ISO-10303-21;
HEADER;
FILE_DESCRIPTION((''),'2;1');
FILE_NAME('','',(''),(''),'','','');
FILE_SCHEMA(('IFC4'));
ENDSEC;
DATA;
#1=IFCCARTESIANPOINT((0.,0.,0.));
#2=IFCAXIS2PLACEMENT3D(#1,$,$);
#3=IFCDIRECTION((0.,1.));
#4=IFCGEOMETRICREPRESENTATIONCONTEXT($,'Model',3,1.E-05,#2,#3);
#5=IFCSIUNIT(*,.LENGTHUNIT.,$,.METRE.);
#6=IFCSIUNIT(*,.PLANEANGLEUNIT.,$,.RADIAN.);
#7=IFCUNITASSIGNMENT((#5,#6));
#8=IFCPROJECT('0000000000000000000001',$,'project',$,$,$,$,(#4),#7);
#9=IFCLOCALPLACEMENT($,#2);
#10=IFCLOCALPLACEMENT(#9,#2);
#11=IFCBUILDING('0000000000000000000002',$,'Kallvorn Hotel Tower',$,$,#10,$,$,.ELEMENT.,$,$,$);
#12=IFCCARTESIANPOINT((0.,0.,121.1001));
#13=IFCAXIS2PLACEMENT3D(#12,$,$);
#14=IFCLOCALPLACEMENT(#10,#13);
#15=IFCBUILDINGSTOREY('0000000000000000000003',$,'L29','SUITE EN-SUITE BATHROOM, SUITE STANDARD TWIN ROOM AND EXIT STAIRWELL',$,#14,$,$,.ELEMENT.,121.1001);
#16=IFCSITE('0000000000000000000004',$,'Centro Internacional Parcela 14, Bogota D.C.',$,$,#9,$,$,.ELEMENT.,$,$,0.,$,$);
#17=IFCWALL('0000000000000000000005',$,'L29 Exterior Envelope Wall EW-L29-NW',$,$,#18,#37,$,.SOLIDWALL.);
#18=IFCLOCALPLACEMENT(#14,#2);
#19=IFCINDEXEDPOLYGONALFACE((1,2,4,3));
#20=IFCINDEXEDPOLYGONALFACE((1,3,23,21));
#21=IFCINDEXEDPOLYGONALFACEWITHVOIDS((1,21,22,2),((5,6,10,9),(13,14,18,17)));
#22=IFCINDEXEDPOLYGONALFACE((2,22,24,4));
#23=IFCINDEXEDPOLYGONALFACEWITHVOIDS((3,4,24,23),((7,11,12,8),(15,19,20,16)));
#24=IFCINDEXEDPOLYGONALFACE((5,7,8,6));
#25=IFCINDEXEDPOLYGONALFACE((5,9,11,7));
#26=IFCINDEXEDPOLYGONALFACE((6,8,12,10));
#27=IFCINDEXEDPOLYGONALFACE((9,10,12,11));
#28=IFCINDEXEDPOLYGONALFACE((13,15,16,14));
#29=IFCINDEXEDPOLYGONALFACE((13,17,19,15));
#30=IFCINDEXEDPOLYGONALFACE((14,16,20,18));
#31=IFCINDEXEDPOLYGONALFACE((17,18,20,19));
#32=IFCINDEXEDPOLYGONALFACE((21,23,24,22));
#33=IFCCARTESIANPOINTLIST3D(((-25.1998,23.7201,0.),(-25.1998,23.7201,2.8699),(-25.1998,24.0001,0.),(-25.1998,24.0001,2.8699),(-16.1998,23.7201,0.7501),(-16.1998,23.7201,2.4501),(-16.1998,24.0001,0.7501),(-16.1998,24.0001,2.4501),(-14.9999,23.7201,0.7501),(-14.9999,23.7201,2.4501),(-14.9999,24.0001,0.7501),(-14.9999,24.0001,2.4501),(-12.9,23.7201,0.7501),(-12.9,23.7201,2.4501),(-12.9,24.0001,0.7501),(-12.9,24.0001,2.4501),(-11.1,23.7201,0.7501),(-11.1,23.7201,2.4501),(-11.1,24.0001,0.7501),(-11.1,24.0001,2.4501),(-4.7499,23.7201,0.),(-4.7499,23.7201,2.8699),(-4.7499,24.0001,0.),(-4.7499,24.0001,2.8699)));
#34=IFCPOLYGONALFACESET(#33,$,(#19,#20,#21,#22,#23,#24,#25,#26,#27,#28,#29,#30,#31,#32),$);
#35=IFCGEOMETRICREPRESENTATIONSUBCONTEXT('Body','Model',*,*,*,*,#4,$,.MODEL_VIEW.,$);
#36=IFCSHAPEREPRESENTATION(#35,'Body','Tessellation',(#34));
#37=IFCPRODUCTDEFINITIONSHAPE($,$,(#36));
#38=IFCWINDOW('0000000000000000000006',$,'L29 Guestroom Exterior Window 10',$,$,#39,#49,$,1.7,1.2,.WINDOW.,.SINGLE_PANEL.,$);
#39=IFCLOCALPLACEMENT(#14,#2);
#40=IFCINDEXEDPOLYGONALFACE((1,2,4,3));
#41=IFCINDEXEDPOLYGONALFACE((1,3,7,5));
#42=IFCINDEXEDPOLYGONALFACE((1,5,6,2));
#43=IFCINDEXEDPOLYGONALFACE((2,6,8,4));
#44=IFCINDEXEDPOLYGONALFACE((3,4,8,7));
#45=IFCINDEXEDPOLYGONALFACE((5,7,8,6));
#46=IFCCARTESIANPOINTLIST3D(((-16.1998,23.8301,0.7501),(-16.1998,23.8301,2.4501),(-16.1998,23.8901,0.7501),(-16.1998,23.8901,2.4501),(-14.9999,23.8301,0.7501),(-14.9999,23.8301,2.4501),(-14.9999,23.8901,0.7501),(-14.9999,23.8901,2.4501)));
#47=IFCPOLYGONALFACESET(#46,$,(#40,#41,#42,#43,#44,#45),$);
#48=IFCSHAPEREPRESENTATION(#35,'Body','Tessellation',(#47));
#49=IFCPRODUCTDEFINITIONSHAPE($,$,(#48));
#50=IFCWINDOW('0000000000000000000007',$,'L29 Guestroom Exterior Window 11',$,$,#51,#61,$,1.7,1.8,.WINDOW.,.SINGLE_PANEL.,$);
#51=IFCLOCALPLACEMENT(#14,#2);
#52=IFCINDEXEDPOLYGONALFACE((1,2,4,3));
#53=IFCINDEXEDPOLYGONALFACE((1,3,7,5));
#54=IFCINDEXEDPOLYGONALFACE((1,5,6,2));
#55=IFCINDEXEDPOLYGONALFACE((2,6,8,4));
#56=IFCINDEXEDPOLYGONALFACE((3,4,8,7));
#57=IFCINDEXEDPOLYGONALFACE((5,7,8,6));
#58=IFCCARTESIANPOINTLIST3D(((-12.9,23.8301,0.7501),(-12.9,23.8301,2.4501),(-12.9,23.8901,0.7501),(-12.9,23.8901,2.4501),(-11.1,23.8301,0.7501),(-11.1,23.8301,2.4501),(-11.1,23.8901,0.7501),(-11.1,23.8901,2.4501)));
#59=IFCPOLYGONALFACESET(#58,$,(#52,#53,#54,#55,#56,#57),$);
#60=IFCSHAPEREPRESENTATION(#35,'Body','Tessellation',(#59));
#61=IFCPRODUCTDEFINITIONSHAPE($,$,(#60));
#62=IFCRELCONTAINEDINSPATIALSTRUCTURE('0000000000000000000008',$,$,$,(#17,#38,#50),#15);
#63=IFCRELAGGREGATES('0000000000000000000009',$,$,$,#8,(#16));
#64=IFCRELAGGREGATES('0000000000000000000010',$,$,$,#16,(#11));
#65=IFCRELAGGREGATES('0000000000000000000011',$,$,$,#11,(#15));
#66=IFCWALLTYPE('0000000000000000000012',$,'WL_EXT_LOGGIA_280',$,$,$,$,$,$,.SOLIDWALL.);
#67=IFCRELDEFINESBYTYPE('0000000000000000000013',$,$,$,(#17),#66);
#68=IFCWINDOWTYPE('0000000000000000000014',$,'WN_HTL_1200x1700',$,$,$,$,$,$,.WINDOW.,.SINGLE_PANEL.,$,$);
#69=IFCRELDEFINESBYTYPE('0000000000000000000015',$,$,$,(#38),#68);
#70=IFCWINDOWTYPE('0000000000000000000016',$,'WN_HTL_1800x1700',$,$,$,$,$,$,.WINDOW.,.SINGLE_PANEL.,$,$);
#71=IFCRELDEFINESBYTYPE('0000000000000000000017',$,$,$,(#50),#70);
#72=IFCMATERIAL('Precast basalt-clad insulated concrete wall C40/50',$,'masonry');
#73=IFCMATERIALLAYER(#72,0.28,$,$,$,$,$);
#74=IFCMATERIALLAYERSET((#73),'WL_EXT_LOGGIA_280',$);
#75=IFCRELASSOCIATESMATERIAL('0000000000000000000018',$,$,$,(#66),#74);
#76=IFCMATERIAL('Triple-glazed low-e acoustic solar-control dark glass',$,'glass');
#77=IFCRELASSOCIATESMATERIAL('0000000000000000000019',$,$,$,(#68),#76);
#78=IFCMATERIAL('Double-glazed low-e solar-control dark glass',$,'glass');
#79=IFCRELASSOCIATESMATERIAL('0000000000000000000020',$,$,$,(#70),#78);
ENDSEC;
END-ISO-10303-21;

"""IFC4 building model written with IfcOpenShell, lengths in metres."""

from ifc_helpers import new_model, si_unit, direction, frame, frame_2d, origin, place, context, subcontext, project, spatial, rectangle, extrude, material, layer, layer_set, type_object, element, fill, save


model = new_model("IFC4")

# Units and contexts
model_context = context("Model", 3, precision=1e-05, world=origin(), true_north=direction((0.0, 1.0)))
body_context = subcontext(model_context, "Body", "Model", "MODEL_VIEW")
ifc_project = project(units=[si_unit("LENGTHUNIT", "METRE"), si_unit("PLANEANGLEUNIT", "RADIAN")], contexts=[model_context])

# Site, building, storey
site_placement = place(None, origin())
site = spatial("IfcSite", under=ifc_project, at=site_placement, Name="Centro Internacional Parcela 14, Bogota D.C.", CompositionType="ELEMENT", RefElevation=0.0)
building_placement = place(site_placement, origin())
building = spatial("IfcBuilding", under=site, at=building_placement, Name="Kallvorn Hotel Tower", CompositionType="ELEMENT")
storey_placement = place(building_placement, frame((0.0, 0.0, 121.1001)))
storey = spatial("IfcBuildingStorey", under=building, at=storey_placement, Name="L29", Description="SUITE EN-SUITE BATHROOM, SUITE STANDARD TWIN ROOM AND EXIT STAIRWELL", CompositionType="ELEMENT", Elevation=121.1001)

# Shared definitions
ifc_material_1 = material(Name="Precast basalt-clad insulated concrete wall C40/50", Category="masonry")
ifc_layer_1 = layer(ifc_material_1, 0.28)
ifc_layer_set_1 = layer_set([ifc_layer_1], Name="WL_EXT_LOGGIA_280")
wall_type = type_object("IfcWallType", Name="WL_EXT_LOGGIA_280", PredefinedType="SOLIDWALL", material=ifc_layer_set_1)

# Wall, openings, windows
wall_1_placement = place(storey_placement, frame((-25.2, 23.8601, 0.0), z_axis=(0.0, 0.0, 1.0), x_axis=(1.0, 0.0, 0.0)))
wall_1 = element("IfcWall", 1, at=wall_1_placement, inside=storey, type_object=wall_type, Name="L29 Exterior Envelope Wall EW-L29-NW", PredefinedType="SOLIDWALL", context=body_context, shape_type="SweptSolid", body=[
    extrude(rectangle(XDim=20.45, YDim=0.28, at=frame_2d((10.2251, 0.0))), origin(), (0.0, 0.0, 1.0), 2.8699),
])
opening_1_placement = place(wall_1_placement, frame((9.0, 0.0, 0.75)))
opening_1 = element("IfcOpeningElement", 2, at=opening_1_placement, cuts=wall_1, PredefinedType="OPENING", context=body_context, shape_type="SweptSolid", body=[
    extrude(rectangle(XDim=1.2, YDim=1.7, at=frame_2d((0.6001, 0.8501))), frame((0.0, 0.155, 0.0), z_axis=(0.0, -1.0, 0.0), x_axis=(1.0, 0.0, 0.0)), (0.0, 0.0, 1.0), 0.3101),
])
opening_2_placement = place(wall_1_placement, frame((12.3, 0.0, 0.75)))
opening_2 = element("IfcOpeningElement", 3, at=opening_2_placement, cuts=wall_1, PredefinedType="OPENING", context=body_context, shape_type="SweptSolid", body=[
    extrude(rectangle(XDim=1.8, YDim=1.7, at=frame_2d((0.8999, 0.8501))), frame((0.0, 0.155, 0.0), z_axis=(0.0, -1.0, 0.0), x_axis=(1.0, 0.0, 0.0)), (0.0, 0.0, 1.0), 0.3101),
])
ifc_material_2 = material(Name="Triple-glazed low-e acoustic solar-control dark glass", Category="glass")
window_type_1 = type_object("IfcWindowType", Name="WN_HTL_1200x1700", PartitioningType="SINGLE_PANEL", PredefinedType="WINDOW", material=ifc_material_2)
window_1_placement = place(opening_1_placement, origin())
window_1 = element("IfcWindow", 4, at=window_1_placement, inside=storey, type_object=window_type_1, Name="L29 Guestroom Exterior Window 10", OverallHeight=1.7, OverallWidth=1.2, PartitioningType="SINGLE_PANEL", PredefinedType="WINDOW", context=body_context, shape_type="SweptSolid", body=[
    extrude(rectangle(XDim=1.2, YDim=1.7, at=frame_2d((0.6001, 0.8501))), frame((0.0, 0.03, 0.0), z_axis=(0.0, -1.0, 0.0), x_axis=(1.0, 0.0, 0.0)), (0.0, 0.0, 1.0), 0.0601),
])
fill(opening_1, window_1)
ifc_material_3 = material(Name="Double-glazed low-e solar-control dark glass", Category="glass")
window_type_2 = type_object("IfcWindowType", Name="WN_HTL_1800x1700", PartitioningType="SINGLE_PANEL", PredefinedType="WINDOW", material=ifc_material_3)
window_2_placement = place(opening_2_placement, origin())
window_2 = element("IfcWindow", 5, at=window_2_placement, inside=storey, type_object=window_type_2, Name="L29 Guestroom Exterior Window 11", OverallHeight=1.7, OverallWidth=1.8, PartitioningType="SINGLE_PANEL", PredefinedType="WINDOW", context=body_context, shape_type="SweptSolid", body=[
    extrude(rectangle(XDim=1.8, YDim=1.7, at=frame_2d((0.8999, 0.8501))), frame((0.0, 0.03, 0.0), z_axis=(0.0, -1.0, 0.0), x_axis=(1.0, 0.0, 0.0)), (0.0, 0.0, 1.0), 0.0601),
])
fill(opening_2, window_2)

save(model, "model.ifc")
